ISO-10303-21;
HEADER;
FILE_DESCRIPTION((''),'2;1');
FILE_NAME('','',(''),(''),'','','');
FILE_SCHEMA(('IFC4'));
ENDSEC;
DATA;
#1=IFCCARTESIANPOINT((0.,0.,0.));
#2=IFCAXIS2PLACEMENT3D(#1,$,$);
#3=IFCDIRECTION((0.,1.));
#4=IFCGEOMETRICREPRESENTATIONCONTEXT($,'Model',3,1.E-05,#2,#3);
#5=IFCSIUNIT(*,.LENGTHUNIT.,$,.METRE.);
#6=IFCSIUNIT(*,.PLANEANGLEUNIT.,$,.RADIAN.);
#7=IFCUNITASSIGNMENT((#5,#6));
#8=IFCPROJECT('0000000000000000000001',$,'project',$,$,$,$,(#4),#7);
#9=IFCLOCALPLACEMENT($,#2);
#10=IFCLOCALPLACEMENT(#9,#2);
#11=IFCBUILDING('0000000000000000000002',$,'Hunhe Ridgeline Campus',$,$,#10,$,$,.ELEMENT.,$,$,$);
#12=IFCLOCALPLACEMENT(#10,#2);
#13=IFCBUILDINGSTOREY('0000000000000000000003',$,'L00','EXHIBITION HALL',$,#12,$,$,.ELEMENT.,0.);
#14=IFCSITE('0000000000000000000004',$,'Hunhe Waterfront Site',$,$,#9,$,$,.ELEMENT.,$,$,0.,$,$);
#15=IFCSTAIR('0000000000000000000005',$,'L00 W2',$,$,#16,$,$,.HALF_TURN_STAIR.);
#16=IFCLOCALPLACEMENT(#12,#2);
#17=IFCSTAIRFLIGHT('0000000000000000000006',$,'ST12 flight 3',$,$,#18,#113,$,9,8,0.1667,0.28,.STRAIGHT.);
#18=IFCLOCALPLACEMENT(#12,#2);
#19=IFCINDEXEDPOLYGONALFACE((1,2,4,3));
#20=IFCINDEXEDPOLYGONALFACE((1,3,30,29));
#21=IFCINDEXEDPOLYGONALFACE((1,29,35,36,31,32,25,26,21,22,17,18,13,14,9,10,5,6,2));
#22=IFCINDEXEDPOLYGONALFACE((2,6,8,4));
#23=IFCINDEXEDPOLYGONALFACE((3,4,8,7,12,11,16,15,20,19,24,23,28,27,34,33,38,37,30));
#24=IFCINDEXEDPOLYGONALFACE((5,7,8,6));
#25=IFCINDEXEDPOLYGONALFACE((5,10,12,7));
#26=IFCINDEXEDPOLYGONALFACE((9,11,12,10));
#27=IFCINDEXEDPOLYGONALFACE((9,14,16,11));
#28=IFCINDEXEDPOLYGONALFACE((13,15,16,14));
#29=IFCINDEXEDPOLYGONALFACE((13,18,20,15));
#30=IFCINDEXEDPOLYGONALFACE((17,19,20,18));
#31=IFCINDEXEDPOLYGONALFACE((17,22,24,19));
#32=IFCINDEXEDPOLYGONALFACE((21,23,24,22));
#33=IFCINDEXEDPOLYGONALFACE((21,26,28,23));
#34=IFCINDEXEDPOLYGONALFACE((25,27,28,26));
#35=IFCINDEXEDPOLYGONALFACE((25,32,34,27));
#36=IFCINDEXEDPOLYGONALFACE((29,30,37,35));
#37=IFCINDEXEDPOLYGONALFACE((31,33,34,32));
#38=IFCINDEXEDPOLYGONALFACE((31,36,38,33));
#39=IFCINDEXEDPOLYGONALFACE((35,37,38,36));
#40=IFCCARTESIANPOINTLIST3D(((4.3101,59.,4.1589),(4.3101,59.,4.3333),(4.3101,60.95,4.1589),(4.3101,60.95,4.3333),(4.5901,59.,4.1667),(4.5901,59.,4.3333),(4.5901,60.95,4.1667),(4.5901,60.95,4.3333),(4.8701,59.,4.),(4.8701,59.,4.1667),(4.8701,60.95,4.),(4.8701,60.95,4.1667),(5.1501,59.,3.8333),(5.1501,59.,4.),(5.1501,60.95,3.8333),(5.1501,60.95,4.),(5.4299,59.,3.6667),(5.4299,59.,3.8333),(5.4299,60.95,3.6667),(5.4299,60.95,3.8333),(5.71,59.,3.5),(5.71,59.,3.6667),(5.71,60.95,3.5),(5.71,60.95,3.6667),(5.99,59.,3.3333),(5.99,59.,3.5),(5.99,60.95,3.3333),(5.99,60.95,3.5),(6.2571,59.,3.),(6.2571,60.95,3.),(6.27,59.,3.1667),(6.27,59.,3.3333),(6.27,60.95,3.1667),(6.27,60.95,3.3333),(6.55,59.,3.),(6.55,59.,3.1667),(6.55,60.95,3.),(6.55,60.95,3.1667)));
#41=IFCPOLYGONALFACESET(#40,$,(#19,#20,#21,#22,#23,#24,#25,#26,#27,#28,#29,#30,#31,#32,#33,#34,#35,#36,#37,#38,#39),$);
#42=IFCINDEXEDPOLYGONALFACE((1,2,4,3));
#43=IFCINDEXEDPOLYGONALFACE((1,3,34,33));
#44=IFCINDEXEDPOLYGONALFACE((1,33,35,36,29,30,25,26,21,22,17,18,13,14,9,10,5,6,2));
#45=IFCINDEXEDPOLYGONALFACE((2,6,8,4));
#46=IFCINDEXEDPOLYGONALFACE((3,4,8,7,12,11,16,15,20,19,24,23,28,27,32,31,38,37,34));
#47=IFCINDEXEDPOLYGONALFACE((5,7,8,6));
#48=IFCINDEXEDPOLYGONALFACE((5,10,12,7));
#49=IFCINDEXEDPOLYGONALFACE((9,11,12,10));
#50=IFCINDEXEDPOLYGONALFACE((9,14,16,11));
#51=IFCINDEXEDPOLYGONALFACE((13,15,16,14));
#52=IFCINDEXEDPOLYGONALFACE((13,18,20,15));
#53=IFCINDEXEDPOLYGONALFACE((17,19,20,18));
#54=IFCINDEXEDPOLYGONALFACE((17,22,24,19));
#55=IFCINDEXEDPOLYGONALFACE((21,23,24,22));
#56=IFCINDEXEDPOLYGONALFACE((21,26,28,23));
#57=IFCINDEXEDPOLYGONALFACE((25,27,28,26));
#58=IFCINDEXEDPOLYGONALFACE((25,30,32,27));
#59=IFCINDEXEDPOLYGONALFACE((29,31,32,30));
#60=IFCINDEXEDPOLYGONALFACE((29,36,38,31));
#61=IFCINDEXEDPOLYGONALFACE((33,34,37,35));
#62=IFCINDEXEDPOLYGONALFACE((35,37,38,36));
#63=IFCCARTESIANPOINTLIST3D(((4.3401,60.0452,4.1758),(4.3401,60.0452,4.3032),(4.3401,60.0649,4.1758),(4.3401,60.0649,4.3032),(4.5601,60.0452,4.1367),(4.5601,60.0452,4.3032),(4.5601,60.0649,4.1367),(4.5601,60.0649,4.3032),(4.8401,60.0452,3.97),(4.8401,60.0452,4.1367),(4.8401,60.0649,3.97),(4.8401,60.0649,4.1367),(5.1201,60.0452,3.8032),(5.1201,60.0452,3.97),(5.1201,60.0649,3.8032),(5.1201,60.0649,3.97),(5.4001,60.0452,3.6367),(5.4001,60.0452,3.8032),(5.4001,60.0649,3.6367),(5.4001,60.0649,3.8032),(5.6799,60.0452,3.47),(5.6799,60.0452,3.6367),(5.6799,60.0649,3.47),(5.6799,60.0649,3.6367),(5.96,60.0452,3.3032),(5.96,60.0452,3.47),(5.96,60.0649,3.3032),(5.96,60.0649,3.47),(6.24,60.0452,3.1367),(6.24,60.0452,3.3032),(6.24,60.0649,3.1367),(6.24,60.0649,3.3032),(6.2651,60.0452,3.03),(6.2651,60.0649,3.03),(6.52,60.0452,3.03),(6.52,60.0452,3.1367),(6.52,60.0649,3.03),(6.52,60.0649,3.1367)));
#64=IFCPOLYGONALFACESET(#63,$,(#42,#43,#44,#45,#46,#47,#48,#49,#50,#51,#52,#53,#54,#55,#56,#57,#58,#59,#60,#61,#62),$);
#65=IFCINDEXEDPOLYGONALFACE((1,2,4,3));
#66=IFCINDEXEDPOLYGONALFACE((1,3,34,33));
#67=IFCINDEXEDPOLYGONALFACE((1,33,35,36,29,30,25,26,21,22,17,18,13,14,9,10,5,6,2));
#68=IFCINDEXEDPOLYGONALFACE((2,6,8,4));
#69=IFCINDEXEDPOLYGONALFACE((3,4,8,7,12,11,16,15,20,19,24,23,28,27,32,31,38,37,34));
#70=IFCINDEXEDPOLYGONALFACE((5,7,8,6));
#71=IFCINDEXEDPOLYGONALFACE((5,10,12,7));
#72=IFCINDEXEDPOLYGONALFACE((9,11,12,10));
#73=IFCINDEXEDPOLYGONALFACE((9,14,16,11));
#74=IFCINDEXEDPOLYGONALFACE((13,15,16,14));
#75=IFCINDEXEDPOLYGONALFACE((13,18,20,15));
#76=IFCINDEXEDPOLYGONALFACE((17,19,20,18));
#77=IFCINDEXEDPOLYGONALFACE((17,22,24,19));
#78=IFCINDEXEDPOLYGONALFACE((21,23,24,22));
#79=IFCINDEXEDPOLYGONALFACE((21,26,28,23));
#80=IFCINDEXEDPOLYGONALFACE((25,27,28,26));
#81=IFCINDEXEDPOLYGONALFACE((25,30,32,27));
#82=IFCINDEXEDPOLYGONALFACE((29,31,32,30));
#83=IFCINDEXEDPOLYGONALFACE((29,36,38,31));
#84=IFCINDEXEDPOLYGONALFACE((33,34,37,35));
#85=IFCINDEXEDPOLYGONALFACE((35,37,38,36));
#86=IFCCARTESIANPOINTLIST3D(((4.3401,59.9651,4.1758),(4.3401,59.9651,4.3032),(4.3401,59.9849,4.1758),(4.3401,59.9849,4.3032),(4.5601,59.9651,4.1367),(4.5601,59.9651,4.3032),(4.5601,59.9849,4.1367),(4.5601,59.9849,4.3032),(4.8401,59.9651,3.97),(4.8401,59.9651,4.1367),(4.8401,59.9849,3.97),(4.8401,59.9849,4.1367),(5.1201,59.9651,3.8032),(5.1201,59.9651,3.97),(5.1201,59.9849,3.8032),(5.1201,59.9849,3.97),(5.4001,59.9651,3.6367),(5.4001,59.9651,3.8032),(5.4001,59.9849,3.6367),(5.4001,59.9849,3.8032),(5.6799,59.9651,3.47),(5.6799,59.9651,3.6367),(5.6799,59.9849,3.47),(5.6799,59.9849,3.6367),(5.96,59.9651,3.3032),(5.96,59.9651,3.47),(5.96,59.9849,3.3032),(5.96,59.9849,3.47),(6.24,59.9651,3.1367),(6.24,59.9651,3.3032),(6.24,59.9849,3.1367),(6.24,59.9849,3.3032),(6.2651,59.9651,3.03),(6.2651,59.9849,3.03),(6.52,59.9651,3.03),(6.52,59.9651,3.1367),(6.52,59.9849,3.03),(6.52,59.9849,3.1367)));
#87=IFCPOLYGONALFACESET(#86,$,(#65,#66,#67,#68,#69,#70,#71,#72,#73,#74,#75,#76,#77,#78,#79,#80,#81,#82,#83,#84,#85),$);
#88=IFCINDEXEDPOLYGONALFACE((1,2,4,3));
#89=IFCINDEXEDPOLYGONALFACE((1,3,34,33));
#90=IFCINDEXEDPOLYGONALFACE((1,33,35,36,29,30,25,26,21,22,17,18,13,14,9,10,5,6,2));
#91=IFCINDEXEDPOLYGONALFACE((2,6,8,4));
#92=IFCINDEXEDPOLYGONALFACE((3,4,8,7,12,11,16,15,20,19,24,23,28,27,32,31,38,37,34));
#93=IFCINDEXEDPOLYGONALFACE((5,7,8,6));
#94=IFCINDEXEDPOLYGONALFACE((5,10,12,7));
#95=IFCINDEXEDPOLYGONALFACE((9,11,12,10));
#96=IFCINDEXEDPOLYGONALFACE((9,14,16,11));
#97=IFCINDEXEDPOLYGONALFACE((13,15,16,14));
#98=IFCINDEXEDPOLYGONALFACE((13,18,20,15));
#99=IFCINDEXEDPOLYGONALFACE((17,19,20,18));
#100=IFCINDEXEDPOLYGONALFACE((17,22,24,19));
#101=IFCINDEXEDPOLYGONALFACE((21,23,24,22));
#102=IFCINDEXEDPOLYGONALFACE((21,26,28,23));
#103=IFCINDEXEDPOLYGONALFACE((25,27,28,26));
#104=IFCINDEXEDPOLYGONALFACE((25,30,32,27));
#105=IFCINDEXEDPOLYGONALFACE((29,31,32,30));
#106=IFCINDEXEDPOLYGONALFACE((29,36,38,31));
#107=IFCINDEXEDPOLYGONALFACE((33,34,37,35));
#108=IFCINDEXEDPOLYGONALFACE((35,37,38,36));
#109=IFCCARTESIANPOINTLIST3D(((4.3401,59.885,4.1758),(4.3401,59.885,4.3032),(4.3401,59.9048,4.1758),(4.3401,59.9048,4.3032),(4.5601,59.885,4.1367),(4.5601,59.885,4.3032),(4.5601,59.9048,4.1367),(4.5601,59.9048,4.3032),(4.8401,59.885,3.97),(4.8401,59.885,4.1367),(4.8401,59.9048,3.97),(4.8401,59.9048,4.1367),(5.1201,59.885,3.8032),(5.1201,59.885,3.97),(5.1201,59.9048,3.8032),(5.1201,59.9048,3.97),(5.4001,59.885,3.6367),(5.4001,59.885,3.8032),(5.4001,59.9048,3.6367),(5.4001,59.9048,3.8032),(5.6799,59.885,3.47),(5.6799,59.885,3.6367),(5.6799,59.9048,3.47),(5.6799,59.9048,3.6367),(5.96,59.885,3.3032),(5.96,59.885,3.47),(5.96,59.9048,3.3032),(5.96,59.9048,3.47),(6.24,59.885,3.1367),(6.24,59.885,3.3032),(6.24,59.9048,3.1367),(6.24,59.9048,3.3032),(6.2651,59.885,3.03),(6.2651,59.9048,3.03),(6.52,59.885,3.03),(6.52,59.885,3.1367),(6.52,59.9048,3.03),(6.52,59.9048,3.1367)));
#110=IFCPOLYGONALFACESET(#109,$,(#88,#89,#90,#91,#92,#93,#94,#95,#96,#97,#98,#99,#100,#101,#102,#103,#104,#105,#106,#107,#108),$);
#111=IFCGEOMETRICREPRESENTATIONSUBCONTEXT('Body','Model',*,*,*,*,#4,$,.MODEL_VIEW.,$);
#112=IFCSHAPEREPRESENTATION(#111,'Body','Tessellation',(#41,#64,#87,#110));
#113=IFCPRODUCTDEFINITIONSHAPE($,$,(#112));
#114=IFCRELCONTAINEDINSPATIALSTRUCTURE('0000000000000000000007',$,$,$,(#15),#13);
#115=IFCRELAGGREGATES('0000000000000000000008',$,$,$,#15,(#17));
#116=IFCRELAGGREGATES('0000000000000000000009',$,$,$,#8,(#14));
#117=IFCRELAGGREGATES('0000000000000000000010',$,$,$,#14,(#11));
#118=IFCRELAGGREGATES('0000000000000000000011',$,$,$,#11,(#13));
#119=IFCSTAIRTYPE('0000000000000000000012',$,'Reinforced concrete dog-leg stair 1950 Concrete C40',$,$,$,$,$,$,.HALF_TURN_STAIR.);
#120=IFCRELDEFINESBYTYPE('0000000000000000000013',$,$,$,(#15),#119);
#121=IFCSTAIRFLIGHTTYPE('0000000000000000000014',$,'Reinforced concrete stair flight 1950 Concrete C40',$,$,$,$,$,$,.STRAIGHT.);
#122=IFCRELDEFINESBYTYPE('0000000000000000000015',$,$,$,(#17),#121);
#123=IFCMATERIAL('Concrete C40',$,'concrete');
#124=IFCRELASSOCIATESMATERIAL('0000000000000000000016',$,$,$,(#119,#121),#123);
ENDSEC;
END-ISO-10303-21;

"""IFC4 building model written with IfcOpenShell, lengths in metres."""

from ifc_helpers import new_model, si_unit, direction, frame, origin, place, context, subcontext, project, spatial, polyline, outline, extrude, material, type_object, element, aggregate, save


model = new_model("IFC4")

# Units and contexts
model_context = context("Model", 3, precision=1e-05, world=origin(), true_north=direction((0.0, 1.0)))
body_context = subcontext(model_context, "Body", "Model", "MODEL_VIEW")
ifc_project = project(units=[si_unit("LENGTHUNIT", "METRE"), si_unit("PLANEANGLEUNIT", "RADIAN")], contexts=[model_context])

# Site, building, storey
site_placement = place(None, origin())
site = spatial("IfcSite", under=ifc_project, at=site_placement, Name="Hunhe Waterfront Site", CompositionType="ELEMENT", RefElevation=0.0)
building_placement = place(site_placement, origin())
building = spatial("IfcBuilding", under=site, at=building_placement, Name="Hunhe Ridgeline Campus", CompositionType="ELEMENT")
storey_placement = place(building_placement, origin())
storey = spatial("IfcBuildingStorey", under=building, at=storey_placement, Name="L00", Description="EXHIBITION HALL", CompositionType="ELEMENT", Elevation=0.0)

# Stair, stair flight
ifc_material_1 = material(Name="Concrete C40", Category="concrete")
stair_type = type_object("IfcStairType", Name="Reinforced concrete dog-leg stair 1950 Concrete C40", PredefinedType="HALF_TURN_STAIR", material=ifc_material_1)
stair_flight_type = type_object("IfcStairFlightType", Name="Reinforced concrete stair flight 1950 Concrete C40", PredefinedType="STRAIGHT", material=ifc_material_1)
stair_1_placement = place(storey_placement, origin())
stair_1 = element("IfcStair", 1, at=stair_1_placement, inside=storey, type_object=stair_type, Name="L00 W2", PredefinedType="HALF_TURN_STAIR")
stair_flight_1_placement = place(storey_placement, frame((6.55, 59.9751, 3.0), z_axis=(0.0, 0.0, 1.0), x_axis=(-1.0, 0.0, 0.0)))
stair_flight_1 = element("IfcStairFlight", 2, at=stair_flight_1_placement, type_object=stair_flight_type, Name="ST12 flight 3", NumberOfRisers=9, NumberOfTreads=8, PredefinedType="STRAIGHT", RiserHeight=0.1667, TreadLength=0.28, context=body_context, shape_type="SweptSolid", body=[
    extrude(outline(polyline([(0.0, 0.0), (0.0, 0.1667), (0.28, 0.1667), (0.28, 0.3333), (0.5601, 0.3333), (0.5601, 0.5), (0.8401, 0.5), (0.8401, 0.6667), (1.1201, 0.6667), (1.1201, 0.8333), (1.3999, 0.8333), (1.3999, 1.0), (1.6799, 1.0), (1.6799, 1.1667), (1.96, 1.1667), (1.96, 1.3333), (2.24, 1.3333), (2.24, 1.5), (2.24, 1.1589), (0.293, 0.0), (0.0, 0.0)])), frame((0.0, 0.9751, 0.0), z_axis=(0.0, -1.0, 0.0), x_axis=(1.0, 0.0, 0.0)), (0.0, 0.0, 1.0), 1.95),
    extrude(outline(polyline([(0.03, 0.03), (0.03, 0.1367), (0.3101, 0.1367), (0.3101, 0.3032), (0.5901, 0.3032), (0.5901, 0.47), (0.8701, 0.47), (0.8701, 0.6367), (1.1499, 0.6367), (1.1499, 0.8032), (1.4299, 0.8032), (1.4299, 0.97), (1.71, 0.97), (1.71, 1.1367), (1.99, 1.1367), (1.99, 1.3032), (2.21, 1.3032), (2.21, 1.1758), (0.2849, 0.03), (0.03, 0.03)])), frame((0.0, -0.0701, 0.0), z_axis=(0.0, -1.0, 0.0), x_axis=(1.0, 0.0, 0.0)), (0.0, 0.0, 1.0), 0.0198),
    extrude(outline(polyline([(0.03, 0.03), (0.03, 0.1367), (0.3101, 0.1367), (0.3101, 0.3032), (0.5901, 0.3032), (0.5901, 0.47), (0.8701, 0.47), (0.8701, 0.6367), (1.1499, 0.6367), (1.1499, 0.8032), (1.4299, 0.8032), (1.4299, 0.97), (1.71, 0.97), (1.71, 1.1367), (1.99, 1.1367), (1.99, 1.3032), (2.21, 1.3032), (2.21, 1.1758), (0.2849, 0.03), (0.03, 0.03)])), frame((0.0, 0.01, 0.0), z_axis=(0.0, -1.0, 0.0), x_axis=(1.0, 0.0, 0.0)), (0.0, 0.0, 1.0), 0.0198),
    extrude(outline(polyline([(0.03, 0.03), (0.03, 0.1367), (0.3101, 0.1367), (0.3101, 0.3032), (0.5901, 0.3032), (0.5901, 0.47), (0.8701, 0.47), (0.8701, 0.6367), (1.1499, 0.6367), (1.1499, 0.8032), (1.4299, 0.8032), (1.4299, 0.97), (1.71, 0.97), (1.71, 1.1367), (1.99, 1.1367), (1.99, 1.3032), (2.21, 1.3032), (2.21, 1.1758), (0.2849, 0.03), (0.03, 0.03)])), frame((0.0, 0.0901, 0.0), z_axis=(0.0, -1.0, 0.0), x_axis=(1.0, 0.0, 0.0)), (0.0, 0.0, 1.0), 0.0198),
])
aggregate(stair_1, [stair_flight_1])

save(model, "model.ifc")
